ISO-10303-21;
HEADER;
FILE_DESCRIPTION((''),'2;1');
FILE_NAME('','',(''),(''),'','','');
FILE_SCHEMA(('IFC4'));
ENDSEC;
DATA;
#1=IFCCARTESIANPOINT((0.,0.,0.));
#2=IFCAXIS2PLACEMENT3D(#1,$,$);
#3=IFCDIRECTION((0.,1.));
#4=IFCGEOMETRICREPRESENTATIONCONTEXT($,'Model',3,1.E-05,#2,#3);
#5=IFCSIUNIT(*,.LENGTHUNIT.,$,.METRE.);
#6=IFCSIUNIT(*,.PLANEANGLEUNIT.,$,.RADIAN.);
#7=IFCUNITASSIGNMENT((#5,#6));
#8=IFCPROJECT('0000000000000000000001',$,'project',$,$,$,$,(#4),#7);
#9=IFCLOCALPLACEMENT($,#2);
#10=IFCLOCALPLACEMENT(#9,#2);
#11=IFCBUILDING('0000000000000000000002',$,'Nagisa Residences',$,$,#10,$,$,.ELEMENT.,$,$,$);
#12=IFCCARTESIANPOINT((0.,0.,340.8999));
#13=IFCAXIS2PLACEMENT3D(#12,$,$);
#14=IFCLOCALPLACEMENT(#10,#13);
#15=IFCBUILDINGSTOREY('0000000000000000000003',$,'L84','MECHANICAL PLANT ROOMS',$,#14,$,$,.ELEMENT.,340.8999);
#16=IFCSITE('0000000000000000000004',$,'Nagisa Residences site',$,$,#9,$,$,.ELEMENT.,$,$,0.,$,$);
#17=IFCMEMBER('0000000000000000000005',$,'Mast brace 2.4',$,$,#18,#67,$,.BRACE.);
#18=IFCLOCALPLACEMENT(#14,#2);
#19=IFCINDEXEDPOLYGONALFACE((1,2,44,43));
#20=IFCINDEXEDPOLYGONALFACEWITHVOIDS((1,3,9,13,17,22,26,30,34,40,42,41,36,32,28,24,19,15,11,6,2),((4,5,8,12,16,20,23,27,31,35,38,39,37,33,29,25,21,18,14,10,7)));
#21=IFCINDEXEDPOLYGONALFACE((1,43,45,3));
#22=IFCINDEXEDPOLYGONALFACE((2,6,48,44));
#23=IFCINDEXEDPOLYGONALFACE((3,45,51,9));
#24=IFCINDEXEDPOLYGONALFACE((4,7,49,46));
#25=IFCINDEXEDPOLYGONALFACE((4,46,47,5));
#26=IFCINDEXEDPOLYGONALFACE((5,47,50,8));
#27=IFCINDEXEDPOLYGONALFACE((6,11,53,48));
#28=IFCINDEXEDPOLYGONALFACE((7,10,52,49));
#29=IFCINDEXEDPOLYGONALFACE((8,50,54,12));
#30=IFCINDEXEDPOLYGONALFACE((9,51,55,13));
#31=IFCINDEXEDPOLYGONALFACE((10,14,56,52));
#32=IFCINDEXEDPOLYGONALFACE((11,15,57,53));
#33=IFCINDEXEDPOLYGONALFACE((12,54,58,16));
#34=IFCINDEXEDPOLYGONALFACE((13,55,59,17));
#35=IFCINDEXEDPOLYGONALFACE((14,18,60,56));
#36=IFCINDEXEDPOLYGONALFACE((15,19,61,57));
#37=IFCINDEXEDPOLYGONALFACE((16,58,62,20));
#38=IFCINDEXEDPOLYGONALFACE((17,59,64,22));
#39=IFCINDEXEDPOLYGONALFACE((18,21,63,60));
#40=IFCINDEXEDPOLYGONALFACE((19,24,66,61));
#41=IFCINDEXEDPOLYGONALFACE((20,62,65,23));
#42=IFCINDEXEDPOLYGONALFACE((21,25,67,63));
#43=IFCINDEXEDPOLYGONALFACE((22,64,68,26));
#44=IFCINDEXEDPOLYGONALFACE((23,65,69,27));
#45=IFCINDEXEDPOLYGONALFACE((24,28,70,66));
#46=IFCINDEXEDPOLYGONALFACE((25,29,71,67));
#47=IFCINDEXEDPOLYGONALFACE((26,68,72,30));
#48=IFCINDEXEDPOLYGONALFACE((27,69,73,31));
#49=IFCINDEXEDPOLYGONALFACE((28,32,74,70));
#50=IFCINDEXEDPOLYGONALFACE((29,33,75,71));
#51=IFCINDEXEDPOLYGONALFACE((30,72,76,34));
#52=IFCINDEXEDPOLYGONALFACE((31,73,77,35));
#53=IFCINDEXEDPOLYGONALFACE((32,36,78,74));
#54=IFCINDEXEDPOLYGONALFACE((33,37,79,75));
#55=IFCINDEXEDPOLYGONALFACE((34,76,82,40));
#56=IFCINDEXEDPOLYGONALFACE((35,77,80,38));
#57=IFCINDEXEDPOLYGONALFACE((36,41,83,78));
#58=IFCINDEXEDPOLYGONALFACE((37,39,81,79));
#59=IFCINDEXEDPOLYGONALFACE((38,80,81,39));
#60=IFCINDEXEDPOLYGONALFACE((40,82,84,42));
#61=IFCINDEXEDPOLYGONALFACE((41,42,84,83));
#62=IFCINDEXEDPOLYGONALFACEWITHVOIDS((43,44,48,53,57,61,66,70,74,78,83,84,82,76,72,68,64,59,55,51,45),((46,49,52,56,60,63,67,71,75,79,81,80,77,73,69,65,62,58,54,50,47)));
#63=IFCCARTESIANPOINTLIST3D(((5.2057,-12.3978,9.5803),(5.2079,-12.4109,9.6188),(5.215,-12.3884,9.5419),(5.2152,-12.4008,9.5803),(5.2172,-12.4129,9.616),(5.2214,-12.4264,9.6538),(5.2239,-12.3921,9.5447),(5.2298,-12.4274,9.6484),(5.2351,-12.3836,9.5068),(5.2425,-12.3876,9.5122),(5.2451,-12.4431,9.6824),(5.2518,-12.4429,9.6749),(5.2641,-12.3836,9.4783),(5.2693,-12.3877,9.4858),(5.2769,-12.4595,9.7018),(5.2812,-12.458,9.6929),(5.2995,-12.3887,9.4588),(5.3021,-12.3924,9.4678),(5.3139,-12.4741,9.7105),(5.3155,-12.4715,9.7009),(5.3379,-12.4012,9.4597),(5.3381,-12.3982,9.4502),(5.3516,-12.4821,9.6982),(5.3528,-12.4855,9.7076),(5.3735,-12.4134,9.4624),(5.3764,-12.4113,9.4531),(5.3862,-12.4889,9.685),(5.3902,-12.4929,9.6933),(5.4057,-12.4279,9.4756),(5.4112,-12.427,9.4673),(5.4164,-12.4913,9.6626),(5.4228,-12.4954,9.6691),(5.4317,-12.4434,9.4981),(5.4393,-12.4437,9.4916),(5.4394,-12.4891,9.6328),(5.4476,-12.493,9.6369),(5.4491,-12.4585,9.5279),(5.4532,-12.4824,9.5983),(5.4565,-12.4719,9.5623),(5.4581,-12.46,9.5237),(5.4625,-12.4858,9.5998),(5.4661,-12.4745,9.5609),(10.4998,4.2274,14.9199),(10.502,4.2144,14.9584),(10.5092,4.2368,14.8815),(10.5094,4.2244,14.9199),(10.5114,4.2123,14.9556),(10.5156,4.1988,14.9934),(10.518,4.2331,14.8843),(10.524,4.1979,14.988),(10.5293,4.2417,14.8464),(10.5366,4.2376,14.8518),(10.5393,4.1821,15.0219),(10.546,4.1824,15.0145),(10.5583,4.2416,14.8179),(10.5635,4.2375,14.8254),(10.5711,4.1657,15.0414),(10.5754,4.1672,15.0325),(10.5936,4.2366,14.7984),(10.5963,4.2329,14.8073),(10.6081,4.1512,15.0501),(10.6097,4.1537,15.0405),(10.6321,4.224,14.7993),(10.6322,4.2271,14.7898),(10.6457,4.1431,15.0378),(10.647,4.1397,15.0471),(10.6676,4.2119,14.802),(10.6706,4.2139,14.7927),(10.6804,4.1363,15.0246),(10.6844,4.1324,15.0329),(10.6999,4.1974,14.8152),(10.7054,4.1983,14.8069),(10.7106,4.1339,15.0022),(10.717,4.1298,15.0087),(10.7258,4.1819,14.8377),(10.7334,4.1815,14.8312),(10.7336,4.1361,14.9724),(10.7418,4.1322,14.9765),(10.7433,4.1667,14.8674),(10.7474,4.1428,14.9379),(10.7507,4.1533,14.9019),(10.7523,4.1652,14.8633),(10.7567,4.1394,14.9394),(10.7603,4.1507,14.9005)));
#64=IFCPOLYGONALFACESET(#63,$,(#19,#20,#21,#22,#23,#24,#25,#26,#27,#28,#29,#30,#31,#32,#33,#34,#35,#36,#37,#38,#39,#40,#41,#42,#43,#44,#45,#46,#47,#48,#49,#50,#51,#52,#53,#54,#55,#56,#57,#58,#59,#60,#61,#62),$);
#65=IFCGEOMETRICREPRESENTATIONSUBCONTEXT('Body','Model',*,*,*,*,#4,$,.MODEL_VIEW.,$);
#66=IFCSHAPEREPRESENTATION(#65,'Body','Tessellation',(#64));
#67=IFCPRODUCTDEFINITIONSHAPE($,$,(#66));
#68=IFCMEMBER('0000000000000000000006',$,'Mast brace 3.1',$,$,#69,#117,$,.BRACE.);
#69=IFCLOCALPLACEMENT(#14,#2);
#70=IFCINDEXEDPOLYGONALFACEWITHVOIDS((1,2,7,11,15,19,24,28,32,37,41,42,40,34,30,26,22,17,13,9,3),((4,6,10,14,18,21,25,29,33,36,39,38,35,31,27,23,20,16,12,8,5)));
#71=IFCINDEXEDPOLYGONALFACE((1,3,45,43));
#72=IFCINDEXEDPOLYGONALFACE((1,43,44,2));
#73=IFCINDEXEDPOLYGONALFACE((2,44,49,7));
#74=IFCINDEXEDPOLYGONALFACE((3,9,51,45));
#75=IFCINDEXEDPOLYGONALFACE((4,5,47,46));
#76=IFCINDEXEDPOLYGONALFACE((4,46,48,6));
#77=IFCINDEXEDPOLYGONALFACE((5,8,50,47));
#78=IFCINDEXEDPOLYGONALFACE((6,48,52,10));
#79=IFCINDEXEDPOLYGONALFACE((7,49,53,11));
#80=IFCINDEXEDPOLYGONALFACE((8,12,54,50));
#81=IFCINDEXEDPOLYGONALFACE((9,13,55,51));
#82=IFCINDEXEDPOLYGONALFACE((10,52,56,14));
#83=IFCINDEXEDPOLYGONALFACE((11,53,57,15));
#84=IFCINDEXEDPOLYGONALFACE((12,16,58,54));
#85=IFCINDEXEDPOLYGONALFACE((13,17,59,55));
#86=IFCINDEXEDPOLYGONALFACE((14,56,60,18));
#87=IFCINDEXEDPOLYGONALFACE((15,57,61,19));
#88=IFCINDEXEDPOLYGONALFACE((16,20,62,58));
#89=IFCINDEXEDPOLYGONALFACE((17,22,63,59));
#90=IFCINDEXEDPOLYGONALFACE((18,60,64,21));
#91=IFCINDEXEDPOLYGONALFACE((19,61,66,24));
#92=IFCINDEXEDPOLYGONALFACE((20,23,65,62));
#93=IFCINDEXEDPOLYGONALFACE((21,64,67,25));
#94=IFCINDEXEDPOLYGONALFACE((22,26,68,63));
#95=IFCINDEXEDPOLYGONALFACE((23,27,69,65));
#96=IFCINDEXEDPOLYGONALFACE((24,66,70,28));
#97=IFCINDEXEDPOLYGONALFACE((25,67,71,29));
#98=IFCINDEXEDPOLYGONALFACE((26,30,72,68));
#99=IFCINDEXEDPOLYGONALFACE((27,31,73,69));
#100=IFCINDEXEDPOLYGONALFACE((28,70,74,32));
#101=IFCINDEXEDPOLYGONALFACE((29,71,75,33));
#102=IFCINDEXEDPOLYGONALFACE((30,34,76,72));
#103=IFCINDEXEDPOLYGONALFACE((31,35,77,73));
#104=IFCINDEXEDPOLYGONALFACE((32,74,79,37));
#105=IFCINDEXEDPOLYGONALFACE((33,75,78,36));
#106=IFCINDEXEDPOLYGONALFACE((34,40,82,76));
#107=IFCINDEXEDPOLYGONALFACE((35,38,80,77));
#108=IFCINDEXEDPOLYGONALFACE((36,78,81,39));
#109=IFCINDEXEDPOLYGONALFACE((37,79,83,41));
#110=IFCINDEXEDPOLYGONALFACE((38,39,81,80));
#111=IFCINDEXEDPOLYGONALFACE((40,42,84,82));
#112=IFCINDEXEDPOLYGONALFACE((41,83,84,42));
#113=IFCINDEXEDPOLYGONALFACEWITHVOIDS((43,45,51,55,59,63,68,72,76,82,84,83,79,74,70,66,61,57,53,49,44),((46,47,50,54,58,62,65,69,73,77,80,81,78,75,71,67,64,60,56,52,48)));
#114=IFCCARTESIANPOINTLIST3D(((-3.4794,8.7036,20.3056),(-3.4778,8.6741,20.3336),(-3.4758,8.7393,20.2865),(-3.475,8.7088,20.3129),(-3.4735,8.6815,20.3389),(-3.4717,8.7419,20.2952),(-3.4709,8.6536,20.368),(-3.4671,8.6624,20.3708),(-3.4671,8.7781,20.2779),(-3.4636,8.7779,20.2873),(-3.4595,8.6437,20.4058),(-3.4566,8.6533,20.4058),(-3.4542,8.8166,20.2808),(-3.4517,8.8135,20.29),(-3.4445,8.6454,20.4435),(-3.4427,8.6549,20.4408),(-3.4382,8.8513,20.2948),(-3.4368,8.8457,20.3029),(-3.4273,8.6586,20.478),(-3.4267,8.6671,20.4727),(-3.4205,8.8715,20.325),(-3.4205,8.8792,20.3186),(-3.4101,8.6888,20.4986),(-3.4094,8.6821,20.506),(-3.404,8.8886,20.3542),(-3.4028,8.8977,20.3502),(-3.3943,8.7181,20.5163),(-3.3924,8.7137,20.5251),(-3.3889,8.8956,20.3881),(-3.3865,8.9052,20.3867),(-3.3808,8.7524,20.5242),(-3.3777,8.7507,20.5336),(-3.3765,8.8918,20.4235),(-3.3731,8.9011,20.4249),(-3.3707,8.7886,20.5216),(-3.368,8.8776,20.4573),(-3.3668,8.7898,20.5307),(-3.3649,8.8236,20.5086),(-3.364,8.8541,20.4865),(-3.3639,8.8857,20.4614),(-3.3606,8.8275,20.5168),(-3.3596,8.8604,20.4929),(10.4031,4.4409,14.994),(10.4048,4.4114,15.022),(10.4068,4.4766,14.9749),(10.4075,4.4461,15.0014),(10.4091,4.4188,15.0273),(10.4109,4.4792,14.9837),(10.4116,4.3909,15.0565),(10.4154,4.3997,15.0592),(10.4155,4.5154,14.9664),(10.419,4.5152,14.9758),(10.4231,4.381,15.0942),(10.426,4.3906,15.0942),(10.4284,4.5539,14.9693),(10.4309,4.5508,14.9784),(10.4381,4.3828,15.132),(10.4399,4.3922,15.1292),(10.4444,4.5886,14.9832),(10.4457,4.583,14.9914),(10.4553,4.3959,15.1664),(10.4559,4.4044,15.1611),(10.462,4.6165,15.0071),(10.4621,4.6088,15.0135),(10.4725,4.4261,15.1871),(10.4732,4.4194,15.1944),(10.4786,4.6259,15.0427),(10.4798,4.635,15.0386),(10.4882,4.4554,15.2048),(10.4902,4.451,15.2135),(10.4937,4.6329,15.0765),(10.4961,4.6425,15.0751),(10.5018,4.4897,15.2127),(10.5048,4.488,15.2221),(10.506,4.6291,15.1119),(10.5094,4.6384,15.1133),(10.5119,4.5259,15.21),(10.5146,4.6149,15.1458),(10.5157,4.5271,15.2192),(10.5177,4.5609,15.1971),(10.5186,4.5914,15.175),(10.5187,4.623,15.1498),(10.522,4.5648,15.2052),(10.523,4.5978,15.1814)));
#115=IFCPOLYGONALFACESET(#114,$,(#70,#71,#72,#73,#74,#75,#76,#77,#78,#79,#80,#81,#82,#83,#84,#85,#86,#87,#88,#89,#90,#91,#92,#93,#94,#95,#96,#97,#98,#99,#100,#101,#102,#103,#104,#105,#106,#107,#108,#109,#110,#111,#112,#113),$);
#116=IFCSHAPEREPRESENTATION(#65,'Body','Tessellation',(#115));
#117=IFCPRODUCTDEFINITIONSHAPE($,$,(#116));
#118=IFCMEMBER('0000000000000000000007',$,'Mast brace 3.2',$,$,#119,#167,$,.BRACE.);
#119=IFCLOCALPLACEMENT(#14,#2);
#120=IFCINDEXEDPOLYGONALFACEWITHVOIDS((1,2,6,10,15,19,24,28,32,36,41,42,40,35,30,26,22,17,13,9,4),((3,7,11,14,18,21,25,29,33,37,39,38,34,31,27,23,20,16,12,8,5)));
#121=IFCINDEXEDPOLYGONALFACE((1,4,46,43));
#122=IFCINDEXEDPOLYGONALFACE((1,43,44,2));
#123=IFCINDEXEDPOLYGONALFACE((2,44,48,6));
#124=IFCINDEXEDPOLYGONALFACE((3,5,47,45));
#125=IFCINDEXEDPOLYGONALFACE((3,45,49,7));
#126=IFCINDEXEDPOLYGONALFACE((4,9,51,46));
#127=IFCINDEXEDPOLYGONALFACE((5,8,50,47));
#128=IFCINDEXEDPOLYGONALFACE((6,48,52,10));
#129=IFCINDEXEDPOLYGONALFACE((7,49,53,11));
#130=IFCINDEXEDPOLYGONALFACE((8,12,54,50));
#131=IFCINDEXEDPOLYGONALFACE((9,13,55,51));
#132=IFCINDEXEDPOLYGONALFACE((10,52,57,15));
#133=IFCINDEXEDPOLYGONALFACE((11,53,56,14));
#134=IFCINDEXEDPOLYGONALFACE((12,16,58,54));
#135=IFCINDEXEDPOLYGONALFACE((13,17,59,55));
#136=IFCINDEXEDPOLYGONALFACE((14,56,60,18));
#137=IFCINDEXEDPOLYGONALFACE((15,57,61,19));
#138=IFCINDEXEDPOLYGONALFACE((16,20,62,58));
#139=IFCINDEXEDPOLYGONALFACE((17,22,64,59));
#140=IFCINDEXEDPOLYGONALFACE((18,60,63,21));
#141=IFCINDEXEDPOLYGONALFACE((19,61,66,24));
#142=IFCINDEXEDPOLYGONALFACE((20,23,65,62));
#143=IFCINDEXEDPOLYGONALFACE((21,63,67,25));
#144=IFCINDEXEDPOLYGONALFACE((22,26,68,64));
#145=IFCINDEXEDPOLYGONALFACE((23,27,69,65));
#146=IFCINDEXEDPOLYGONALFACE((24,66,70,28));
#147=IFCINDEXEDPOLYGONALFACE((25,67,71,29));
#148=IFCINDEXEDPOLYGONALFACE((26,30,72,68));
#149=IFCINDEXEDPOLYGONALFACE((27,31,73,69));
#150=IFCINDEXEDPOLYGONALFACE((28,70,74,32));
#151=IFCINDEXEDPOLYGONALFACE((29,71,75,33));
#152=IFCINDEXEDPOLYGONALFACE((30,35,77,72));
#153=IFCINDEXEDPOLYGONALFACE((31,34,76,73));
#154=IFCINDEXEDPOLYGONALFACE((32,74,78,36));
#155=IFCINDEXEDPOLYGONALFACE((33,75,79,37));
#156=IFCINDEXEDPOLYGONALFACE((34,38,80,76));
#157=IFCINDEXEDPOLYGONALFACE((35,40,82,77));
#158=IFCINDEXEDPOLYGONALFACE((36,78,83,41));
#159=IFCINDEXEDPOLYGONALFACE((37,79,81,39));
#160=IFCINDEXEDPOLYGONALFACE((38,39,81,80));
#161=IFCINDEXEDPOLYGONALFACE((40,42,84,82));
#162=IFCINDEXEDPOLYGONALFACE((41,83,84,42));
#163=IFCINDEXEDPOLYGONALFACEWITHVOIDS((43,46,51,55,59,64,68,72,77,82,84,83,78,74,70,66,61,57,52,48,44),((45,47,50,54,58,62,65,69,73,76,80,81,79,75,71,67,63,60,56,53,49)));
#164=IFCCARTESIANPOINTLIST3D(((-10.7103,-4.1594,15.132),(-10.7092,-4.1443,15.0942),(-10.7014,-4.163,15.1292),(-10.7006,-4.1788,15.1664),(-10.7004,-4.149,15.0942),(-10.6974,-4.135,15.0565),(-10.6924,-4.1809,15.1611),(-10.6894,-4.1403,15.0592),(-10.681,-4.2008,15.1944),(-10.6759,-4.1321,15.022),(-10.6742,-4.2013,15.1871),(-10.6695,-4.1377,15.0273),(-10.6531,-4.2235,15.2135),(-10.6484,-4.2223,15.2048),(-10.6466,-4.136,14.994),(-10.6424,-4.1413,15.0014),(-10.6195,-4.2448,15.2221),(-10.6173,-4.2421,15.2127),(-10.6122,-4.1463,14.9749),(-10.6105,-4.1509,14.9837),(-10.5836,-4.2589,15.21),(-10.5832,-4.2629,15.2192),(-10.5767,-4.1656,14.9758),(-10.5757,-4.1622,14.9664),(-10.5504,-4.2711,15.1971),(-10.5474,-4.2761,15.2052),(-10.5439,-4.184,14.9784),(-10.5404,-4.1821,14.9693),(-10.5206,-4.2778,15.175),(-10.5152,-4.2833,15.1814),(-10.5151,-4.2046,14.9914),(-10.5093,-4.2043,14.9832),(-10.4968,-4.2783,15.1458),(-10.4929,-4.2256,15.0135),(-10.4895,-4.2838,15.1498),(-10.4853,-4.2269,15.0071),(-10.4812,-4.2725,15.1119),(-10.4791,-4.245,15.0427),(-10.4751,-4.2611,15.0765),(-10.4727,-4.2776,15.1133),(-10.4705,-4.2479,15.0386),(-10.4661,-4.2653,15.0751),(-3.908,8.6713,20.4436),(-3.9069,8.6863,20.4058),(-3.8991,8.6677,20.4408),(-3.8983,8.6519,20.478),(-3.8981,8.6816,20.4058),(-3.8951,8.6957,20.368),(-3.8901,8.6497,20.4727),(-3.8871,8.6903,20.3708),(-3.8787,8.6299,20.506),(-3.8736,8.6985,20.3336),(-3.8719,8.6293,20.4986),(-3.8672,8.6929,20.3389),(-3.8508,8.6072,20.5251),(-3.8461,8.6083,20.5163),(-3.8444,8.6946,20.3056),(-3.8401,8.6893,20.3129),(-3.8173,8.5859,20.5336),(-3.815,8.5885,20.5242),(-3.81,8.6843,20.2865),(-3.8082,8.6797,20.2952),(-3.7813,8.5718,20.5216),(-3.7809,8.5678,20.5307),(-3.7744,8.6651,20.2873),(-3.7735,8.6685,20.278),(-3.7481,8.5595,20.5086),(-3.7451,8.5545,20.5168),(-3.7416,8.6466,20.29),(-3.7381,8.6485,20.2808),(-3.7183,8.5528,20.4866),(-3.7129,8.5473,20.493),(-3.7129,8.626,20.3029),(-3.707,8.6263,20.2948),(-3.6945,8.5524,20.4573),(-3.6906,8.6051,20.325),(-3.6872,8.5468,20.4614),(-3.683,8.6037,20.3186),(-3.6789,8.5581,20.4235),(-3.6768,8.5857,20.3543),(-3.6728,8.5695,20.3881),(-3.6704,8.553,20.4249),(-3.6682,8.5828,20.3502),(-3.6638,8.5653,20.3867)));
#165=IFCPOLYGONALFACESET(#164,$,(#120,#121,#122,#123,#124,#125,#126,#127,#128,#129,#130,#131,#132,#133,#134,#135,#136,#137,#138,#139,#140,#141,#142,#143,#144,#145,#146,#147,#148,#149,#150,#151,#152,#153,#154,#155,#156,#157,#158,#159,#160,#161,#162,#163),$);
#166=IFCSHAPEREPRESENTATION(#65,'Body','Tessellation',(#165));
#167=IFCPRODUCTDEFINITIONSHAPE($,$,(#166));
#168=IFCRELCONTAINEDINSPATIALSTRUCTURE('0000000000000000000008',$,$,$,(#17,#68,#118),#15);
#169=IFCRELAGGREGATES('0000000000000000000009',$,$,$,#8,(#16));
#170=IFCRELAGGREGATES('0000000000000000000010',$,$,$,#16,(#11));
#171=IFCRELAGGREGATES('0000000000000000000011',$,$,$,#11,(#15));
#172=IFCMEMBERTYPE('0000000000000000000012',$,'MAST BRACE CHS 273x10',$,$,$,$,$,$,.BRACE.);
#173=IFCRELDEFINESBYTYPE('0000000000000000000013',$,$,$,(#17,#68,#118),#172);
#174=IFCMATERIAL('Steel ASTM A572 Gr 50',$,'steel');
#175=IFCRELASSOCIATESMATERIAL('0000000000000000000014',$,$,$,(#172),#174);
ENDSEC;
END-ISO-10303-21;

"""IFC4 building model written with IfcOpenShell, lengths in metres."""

from ifc_helpers import new_model, si_unit, direction, frame, origin, origin_2d, place, context, subcontext, project, spatial, hollow_circle, extrude, material, material_profile, profile_set, type_object, element, save


model = new_model("IFC4")

# Units and contexts
model_context = context("Model", 3, precision=1e-05, world=origin(), true_north=direction((0.0, 1.0)))
body_context = subcontext(model_context, "Body", "Model", "MODEL_VIEW")
ifc_project = project(units=[si_unit("LENGTHUNIT", "METRE"), si_unit("PLANEANGLEUNIT", "RADIAN")], contexts=[model_context])

# Site, building, storey
site_placement = place(None, origin())
site = spatial("IfcSite", under=ifc_project, at=site_placement, Name="Nagisa Residences site", CompositionType="ELEMENT", RefElevation=0.0)
building_placement = place(site_placement, origin())
building = spatial("IfcBuilding", under=site, at=building_placement, Name="Nagisa Residences", CompositionType="ELEMENT")
storey_placement = place(building_placement, frame((0.0, 0.0, 340.8999)))
storey = spatial("IfcBuildingStorey", under=building, at=storey_placement, Name="L84", Description="MECHANICAL PLANT ROOMS", CompositionType="ELEMENT", Elevation=340.8999)

# Members
ifc_material_1 = material(Name="Steel ASTM A572 Gr 50", Category="steel")
ifc_material_profile_1 = material_profile(ifc_material_1, hollow_circle(Radius=0.1365, WallThickness=0.01, at=origin_2d()), Name="MAST BRACE CHS 273x10")
ifc_profile_set_1 = profile_set([ifc_material_profile_1], Name="Steel ASTM A572 Gr 50")
member_type_1 = type_object("IfcMemberType", Name="MAST BRACE CHS 273x10", PredefinedType="BRACE", material=ifc_profile_set_1)
for number, where, z_axis, x_axis, name in (
    (1, (5.3357, -12.4392, 9.5803), (0.290147, 0.911142, 0.292635), (-0.952854, 0.303429, 0.0), "Mast brace 2.4"),
):
    element("IfcMember", number, at=place(storey_placement, frame(where, z_axis=z_axis, x_axis=x_axis)), inside=storey, type_object=member_type_1, Name=name, PredefinedType="BRACE", context=body_context, shape_type="SweptSolid", body=[
        extrude(hollow_circle(Radius=0.1365, WallThickness=0.01, at=origin_2d()), origin(), (0.0, 0.0, 1.0), 18.2466),
    ])
for number, where, z_axis, x_axis, name in (
    (2, (10.4631, 4.5115, 15.0942), (-0.897785, 0.275668, 0.343496), (-0.293528, -0.95595, 0.0), "Mast brace 3.1"),
    (3, (-10.5886, -4.2083, 15.0942), (0.439903, 0.829756, 0.343498), (-0.883515, 0.468404, 0.0), "Mast brace 3.2"),
):
    element("IfcMember", number, at=place(storey_placement, frame(where, z_axis=z_axis, x_axis=x_axis)), inside=storey, type_object=member_type_1, Name=name, PredefinedType="BRACE", context=body_context, shape_type="SweptSolid", body=[
        extrude(hollow_circle(Radius=0.1365, WallThickness=0.01, at=origin_2d()), origin(), (0.0, 0.0, 1.0), 15.4631),
    ])

save(model, "model.ifc")
